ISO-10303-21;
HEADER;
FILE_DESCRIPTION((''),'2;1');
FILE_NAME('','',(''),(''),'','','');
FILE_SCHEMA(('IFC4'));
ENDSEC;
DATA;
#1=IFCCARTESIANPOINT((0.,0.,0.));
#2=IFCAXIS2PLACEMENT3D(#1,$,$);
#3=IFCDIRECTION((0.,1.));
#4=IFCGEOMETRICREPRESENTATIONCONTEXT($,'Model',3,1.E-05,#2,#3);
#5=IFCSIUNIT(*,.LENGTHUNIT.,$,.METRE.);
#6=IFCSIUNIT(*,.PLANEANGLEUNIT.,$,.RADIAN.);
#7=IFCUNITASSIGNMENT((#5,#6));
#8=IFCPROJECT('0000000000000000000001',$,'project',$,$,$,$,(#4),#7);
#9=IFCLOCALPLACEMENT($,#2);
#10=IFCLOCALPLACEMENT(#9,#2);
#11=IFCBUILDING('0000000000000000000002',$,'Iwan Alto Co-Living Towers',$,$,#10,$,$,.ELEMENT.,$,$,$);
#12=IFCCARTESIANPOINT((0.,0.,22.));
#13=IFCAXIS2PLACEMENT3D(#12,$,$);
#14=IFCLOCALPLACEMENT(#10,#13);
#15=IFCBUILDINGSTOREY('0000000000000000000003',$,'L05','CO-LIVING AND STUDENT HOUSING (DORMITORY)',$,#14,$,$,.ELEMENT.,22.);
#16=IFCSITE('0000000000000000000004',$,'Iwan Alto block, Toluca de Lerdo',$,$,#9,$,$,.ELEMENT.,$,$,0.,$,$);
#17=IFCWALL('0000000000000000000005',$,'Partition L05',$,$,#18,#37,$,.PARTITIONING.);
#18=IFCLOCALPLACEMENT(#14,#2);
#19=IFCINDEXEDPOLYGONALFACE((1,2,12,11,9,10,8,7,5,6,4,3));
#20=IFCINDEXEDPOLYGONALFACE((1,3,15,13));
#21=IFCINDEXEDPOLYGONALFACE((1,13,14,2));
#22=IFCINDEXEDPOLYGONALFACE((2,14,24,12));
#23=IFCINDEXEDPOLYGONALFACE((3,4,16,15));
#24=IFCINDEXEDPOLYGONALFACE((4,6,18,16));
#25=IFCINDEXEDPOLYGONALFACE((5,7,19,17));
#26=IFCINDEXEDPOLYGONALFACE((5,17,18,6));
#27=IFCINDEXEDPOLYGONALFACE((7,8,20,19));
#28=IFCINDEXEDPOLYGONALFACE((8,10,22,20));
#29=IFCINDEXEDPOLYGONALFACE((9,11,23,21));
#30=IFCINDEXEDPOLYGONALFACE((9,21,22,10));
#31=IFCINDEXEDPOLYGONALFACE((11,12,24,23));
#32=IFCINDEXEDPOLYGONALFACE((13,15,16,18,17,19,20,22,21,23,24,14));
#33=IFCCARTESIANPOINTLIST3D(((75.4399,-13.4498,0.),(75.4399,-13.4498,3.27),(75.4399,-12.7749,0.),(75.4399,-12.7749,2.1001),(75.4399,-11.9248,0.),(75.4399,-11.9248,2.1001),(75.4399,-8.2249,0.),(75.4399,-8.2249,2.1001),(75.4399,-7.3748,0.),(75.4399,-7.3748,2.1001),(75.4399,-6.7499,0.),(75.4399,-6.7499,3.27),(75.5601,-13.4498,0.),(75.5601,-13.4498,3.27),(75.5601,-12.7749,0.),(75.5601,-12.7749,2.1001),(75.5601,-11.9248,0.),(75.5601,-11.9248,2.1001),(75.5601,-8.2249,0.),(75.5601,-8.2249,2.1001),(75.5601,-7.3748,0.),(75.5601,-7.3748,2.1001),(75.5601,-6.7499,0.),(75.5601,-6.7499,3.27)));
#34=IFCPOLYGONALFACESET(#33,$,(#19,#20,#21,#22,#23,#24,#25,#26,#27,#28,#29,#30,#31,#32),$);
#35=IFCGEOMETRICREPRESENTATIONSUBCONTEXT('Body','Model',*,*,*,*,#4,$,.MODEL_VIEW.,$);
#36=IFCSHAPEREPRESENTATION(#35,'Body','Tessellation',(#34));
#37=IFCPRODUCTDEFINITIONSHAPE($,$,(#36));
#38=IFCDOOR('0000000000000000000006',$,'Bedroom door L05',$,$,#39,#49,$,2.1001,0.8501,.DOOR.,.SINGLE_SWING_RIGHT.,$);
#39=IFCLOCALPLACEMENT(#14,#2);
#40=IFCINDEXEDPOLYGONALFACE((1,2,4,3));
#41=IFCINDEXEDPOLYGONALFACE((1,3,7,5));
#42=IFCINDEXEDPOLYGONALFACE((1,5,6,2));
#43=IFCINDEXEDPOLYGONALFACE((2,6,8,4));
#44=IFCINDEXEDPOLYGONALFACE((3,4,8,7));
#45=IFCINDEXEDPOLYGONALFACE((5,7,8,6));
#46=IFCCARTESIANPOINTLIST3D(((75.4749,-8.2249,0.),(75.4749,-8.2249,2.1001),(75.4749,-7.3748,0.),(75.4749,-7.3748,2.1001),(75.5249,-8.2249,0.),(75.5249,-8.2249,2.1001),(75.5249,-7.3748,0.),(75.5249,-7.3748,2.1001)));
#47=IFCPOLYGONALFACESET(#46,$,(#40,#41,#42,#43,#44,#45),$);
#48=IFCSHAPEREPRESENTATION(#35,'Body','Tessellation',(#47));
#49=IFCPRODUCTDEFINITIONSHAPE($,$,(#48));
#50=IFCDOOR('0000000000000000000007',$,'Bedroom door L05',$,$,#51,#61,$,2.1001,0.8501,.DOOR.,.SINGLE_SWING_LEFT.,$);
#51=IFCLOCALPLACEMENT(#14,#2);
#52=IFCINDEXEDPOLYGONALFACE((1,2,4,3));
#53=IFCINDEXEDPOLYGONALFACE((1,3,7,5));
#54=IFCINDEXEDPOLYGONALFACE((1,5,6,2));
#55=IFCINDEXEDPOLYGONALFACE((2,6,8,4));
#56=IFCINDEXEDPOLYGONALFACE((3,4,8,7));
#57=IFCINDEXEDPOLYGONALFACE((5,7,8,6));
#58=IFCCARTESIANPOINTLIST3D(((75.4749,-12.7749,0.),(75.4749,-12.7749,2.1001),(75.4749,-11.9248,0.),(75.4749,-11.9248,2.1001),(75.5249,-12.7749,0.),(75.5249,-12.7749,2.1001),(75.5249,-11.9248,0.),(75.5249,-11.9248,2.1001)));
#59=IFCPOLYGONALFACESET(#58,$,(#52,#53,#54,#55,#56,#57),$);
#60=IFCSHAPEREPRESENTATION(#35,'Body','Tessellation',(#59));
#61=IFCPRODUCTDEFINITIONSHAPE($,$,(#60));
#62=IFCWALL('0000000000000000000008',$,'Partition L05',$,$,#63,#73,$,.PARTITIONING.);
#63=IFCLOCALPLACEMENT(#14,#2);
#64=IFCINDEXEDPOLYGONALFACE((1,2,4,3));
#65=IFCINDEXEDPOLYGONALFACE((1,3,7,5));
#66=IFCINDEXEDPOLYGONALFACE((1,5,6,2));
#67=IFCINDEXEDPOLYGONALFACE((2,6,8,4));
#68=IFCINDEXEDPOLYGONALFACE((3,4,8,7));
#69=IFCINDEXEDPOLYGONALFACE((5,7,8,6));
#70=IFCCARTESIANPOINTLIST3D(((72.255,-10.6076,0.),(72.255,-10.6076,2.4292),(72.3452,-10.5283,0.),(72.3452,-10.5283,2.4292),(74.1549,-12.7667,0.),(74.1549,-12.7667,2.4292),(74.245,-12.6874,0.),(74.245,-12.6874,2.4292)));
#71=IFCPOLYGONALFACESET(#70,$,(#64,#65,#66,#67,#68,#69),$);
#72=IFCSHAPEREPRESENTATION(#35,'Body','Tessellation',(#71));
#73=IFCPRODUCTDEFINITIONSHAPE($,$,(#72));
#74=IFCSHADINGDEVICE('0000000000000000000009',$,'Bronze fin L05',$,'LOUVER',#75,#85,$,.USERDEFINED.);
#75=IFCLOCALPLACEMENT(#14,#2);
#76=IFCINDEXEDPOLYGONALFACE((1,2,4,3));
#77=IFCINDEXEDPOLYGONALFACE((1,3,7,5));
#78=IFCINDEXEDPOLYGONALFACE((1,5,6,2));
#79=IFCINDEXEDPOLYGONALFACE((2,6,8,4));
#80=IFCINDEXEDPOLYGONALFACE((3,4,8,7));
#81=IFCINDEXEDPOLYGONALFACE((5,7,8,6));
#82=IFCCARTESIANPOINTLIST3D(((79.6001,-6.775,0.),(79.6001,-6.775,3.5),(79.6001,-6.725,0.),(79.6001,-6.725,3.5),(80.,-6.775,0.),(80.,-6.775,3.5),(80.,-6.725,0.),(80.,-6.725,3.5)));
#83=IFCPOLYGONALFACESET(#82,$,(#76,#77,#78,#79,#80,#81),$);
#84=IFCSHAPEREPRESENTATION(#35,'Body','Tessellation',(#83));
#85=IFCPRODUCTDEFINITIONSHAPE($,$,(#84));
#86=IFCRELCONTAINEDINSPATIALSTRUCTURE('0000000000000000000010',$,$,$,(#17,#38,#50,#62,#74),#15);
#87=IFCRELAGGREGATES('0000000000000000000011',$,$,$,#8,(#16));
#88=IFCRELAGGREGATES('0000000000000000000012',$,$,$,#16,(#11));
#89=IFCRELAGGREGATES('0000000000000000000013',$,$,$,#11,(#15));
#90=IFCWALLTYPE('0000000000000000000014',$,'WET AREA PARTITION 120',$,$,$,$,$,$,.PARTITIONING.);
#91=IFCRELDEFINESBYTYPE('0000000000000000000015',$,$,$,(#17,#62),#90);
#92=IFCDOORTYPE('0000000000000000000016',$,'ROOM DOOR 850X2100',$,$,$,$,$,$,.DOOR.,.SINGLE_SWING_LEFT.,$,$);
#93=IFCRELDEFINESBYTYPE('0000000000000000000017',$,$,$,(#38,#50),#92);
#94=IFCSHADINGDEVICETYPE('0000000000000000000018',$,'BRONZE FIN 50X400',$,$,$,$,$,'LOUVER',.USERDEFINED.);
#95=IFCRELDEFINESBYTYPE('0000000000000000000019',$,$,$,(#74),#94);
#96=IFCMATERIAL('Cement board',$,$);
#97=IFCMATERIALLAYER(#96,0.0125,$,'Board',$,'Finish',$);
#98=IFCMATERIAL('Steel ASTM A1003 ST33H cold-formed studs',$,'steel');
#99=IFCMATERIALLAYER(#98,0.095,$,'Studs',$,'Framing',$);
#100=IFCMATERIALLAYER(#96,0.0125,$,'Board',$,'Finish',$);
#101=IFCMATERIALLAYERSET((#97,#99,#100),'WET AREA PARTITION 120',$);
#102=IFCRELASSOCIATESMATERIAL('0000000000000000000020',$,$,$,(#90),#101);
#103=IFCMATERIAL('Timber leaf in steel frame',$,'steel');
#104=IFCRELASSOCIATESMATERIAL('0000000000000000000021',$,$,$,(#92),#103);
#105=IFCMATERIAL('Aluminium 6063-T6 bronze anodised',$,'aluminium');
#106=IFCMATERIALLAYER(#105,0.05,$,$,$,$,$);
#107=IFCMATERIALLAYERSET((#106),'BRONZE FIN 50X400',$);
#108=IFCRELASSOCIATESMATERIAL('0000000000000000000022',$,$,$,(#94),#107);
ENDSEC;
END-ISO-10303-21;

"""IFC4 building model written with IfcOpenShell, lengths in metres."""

from ifc_helpers import new_model, si_unit, direction, frame, frame_2d, origin, origin_2d, place, context, subcontext, project, spatial, rectangle, extrude, material, layer, layer_set, type_object, element, fill, save


model = new_model("IFC4")

# Units and contexts
model_context = context("Model", 3, precision=1e-05, world=origin(), true_north=direction((0.0, 1.0)))
body_context = subcontext(model_context, "Body", "Model", "MODEL_VIEW")
ifc_project = project(units=[si_unit("LENGTHUNIT", "METRE"), si_unit("PLANEANGLEUNIT", "RADIAN")], contexts=[model_context])

# Site, building, storey
site_placement = place(None, origin())
site = spatial("IfcSite", under=ifc_project, at=site_placement, Name="Iwan Alto block, Toluca de Lerdo", CompositionType="ELEMENT", RefElevation=0.0)
building_placement = place(site_placement, origin())
building = spatial("IfcBuilding", under=site, at=building_placement, Name="Iwan Alto Co-Living Towers", CompositionType="ELEMENT")
storey_placement = place(building_placement, frame((0.0, 0.0, 22.0)))
storey = spatial("IfcBuildingStorey", under=building, at=storey_placement, Name="L05", Description="CO-LIVING AND STUDENT HOUSING (DORMITORY)", CompositionType="ELEMENT", Elevation=22.0)

# Shared definitions
ifc_material_1 = material(Name="Steel ASTM A1003 ST33H cold-formed studs", Category="steel")
ifc_material_2 = material(Name="Cement board")
ifc_layer_1 = layer(ifc_material_2, 0.0125, Name="Board", Category="Finish")
ifc_layer_2 = layer(ifc_material_1, 0.095, Name="Studs", Category="Framing")
ifc_layer_3 = layer(ifc_material_2, 0.0125, Name="Board", Category="Finish")
ifc_layer_set_1 = layer_set([ifc_layer_1, ifc_layer_2, ifc_layer_3], Name="WET AREA PARTITION 120")
wall_type_1 = type_object("IfcWallType", Name="WET AREA PARTITION 120", PredefinedType="PARTITIONING", material=ifc_layer_set_1)

# Shared definitions
ifc_material_3 = material(Name="Timber leaf in steel frame", Category="steel")
door_type = type_object("IfcDoorType", Name="ROOM DOOR 850X2100", OperationType="SINGLE_SWING_LEFT", PredefinedType="DOOR", material=ifc_material_3)

# Wall, openings, doors
wall_1_placement = place(storey_placement, frame((75.5, -13.45, 0.0), z_axis=(0.0, 0.0, 1.0), x_axis=(0.0, 1.0, 0.0)))
wall_1 = element("IfcWall", 1, at=wall_1_placement, inside=storey, type_object=wall_type_1, Name="Partition L05", PredefinedType="PARTITIONING", context=body_context, shape_type="SweptSolid", body=[
    extrude(rectangle(XDim=6.7, YDim=0.1201, at=frame_2d((3.3501, 0.0))), origin(), (0.0, 0.0, 1.0), 3.27),
])
opening_1_placement = place(wall_1_placement, frame((5.2251, 0.0, 0.0)))
opening_1 = element("IfcOpeningElement", 2, at=opening_1_placement, cuts=wall_1, PredefinedType="OPENING", context=body_context, shape_type="SweptSolid", body=[
    extrude(rectangle(XDim=0.8501, YDim=2.1001, at=frame_2d((0.425, 1.05))), frame((0.0, 0.0701, 0.0), z_axis=(0.0, -1.0, 0.0), x_axis=(1.0, 0.0, 0.0)), (0.0, 0.0, 1.0), 0.1401),
])
opening_2_placement = place(wall_1_placement, frame((0.675, 0.0, 0.0)))
opening_2 = element("IfcOpeningElement", 3, at=opening_2_placement, cuts=wall_1, PredefinedType="OPENING", context=body_context, shape_type="SweptSolid", body=[
    extrude(rectangle(XDim=0.8501, YDim=2.1001, at=frame_2d((0.425, 1.05))), frame((0.0, 0.0701, 0.0), z_axis=(0.0, -1.0, 0.0), x_axis=(1.0, 0.0, 0.0)), (0.0, 0.0, 1.0), 0.1401),
])
door_1_placement = place(opening_1_placement, frame((0.8501, 0.0, 0.0), z_axis=(0.0, 0.0, 1.0), x_axis=(-1.0, 0.0, 0.0)))
door_1 = element("IfcDoor", 4, at=door_1_placement, inside=storey, type_object=door_type, Name="Bedroom door L05", OperationType="SINGLE_SWING_RIGHT", OverallHeight=2.1001, OverallWidth=0.8501, PredefinedType="DOOR", context=body_context, shape_type="SweptSolid", body=[
    extrude(rectangle(XDim=0.8501, YDim=2.1001, at=frame_2d((0.425, 1.05))), frame((0.0, 0.0249, 0.0), z_axis=(0.0, -1.0, 0.0), x_axis=(1.0, 0.0, 0.0)), (0.0, 0.0, 1.0), 0.05),
])
fill(opening_1, door_1)
door_2_placement = place(opening_2_placement, frame((0.8501, 0.0, 0.0), z_axis=(0.0, 0.0, 1.0), x_axis=(-1.0, 0.0, 0.0)))
door_2 = element("IfcDoor", 5, at=door_2_placement, inside=storey, type_object=door_type, Name="Bedroom door L05", OperationType="SINGLE_SWING_LEFT", OverallHeight=2.1001, OverallWidth=0.8501, PredefinedType="DOOR", context=body_context, shape_type="SweptSolid", body=[
    extrude(rectangle(XDim=0.8501, YDim=2.1001, at=frame_2d((0.425, 1.05))), frame((0.0, 0.0249, 0.0), z_axis=(0.0, -1.0, 0.0), x_axis=(1.0, 0.0, 0.0)), (0.0, 0.0, 1.0), 0.05),
])
fill(opening_2, door_2)

# Wall
wall_2_placement = place(storey_placement, frame((74.2, -12.7271, 0.0), z_axis=(0.0, 0.0, 1.0), x_axis=(-0.660593, 0.750744, 0.0)))
element("IfcWall", 6, at=wall_2_placement, inside=storey, type_object=wall_type_1, Name="Partition L05", PredefinedType="PARTITIONING", context=body_context, shape_type="SweptSolid", body=[
    extrude(rectangle(XDim=2.876, YDim=0.1201, at=frame_2d((1.438, 0.0))), origin(), (0.0, 0.0, 1.0), 2.4292),
])

# Shading device
ifc_material_4 = material(Name="Aluminium 6063-T6 bronze anodised", Category="aluminium")
ifc_layer_4 = layer(ifc_material_4, 0.05)
ifc_layer_set_2 = layer_set([ifc_layer_4], Name="BRONZE FIN 50X400")
shading_device_type = type_object("IfcShadingDeviceType", Name="BRONZE FIN 50X400", ElementType="LOUVER", PredefinedType="USERDEFINED", material=ifc_layer_set_2)
shading_device_placement = place(storey_placement, frame((79.8, -6.75, 0.0), z_axis=(0.0, 0.0, 1.0), x_axis=(0.0, 1.0, 0.0)))
element("IfcShadingDevice", 7, at=shading_device_placement, inside=storey, type_object=shading_device_type, Name="Bronze fin L05", ObjectType="LOUVER", PredefinedType="USERDEFINED", context=body_context, shape_type="SweptSolid", body=[
    extrude(rectangle(XDim=0.05, YDim=0.3999, at=origin_2d()), origin(), (0.0, 0.0, 1.0), 3.5),
])

save(model, "model.ifc")
